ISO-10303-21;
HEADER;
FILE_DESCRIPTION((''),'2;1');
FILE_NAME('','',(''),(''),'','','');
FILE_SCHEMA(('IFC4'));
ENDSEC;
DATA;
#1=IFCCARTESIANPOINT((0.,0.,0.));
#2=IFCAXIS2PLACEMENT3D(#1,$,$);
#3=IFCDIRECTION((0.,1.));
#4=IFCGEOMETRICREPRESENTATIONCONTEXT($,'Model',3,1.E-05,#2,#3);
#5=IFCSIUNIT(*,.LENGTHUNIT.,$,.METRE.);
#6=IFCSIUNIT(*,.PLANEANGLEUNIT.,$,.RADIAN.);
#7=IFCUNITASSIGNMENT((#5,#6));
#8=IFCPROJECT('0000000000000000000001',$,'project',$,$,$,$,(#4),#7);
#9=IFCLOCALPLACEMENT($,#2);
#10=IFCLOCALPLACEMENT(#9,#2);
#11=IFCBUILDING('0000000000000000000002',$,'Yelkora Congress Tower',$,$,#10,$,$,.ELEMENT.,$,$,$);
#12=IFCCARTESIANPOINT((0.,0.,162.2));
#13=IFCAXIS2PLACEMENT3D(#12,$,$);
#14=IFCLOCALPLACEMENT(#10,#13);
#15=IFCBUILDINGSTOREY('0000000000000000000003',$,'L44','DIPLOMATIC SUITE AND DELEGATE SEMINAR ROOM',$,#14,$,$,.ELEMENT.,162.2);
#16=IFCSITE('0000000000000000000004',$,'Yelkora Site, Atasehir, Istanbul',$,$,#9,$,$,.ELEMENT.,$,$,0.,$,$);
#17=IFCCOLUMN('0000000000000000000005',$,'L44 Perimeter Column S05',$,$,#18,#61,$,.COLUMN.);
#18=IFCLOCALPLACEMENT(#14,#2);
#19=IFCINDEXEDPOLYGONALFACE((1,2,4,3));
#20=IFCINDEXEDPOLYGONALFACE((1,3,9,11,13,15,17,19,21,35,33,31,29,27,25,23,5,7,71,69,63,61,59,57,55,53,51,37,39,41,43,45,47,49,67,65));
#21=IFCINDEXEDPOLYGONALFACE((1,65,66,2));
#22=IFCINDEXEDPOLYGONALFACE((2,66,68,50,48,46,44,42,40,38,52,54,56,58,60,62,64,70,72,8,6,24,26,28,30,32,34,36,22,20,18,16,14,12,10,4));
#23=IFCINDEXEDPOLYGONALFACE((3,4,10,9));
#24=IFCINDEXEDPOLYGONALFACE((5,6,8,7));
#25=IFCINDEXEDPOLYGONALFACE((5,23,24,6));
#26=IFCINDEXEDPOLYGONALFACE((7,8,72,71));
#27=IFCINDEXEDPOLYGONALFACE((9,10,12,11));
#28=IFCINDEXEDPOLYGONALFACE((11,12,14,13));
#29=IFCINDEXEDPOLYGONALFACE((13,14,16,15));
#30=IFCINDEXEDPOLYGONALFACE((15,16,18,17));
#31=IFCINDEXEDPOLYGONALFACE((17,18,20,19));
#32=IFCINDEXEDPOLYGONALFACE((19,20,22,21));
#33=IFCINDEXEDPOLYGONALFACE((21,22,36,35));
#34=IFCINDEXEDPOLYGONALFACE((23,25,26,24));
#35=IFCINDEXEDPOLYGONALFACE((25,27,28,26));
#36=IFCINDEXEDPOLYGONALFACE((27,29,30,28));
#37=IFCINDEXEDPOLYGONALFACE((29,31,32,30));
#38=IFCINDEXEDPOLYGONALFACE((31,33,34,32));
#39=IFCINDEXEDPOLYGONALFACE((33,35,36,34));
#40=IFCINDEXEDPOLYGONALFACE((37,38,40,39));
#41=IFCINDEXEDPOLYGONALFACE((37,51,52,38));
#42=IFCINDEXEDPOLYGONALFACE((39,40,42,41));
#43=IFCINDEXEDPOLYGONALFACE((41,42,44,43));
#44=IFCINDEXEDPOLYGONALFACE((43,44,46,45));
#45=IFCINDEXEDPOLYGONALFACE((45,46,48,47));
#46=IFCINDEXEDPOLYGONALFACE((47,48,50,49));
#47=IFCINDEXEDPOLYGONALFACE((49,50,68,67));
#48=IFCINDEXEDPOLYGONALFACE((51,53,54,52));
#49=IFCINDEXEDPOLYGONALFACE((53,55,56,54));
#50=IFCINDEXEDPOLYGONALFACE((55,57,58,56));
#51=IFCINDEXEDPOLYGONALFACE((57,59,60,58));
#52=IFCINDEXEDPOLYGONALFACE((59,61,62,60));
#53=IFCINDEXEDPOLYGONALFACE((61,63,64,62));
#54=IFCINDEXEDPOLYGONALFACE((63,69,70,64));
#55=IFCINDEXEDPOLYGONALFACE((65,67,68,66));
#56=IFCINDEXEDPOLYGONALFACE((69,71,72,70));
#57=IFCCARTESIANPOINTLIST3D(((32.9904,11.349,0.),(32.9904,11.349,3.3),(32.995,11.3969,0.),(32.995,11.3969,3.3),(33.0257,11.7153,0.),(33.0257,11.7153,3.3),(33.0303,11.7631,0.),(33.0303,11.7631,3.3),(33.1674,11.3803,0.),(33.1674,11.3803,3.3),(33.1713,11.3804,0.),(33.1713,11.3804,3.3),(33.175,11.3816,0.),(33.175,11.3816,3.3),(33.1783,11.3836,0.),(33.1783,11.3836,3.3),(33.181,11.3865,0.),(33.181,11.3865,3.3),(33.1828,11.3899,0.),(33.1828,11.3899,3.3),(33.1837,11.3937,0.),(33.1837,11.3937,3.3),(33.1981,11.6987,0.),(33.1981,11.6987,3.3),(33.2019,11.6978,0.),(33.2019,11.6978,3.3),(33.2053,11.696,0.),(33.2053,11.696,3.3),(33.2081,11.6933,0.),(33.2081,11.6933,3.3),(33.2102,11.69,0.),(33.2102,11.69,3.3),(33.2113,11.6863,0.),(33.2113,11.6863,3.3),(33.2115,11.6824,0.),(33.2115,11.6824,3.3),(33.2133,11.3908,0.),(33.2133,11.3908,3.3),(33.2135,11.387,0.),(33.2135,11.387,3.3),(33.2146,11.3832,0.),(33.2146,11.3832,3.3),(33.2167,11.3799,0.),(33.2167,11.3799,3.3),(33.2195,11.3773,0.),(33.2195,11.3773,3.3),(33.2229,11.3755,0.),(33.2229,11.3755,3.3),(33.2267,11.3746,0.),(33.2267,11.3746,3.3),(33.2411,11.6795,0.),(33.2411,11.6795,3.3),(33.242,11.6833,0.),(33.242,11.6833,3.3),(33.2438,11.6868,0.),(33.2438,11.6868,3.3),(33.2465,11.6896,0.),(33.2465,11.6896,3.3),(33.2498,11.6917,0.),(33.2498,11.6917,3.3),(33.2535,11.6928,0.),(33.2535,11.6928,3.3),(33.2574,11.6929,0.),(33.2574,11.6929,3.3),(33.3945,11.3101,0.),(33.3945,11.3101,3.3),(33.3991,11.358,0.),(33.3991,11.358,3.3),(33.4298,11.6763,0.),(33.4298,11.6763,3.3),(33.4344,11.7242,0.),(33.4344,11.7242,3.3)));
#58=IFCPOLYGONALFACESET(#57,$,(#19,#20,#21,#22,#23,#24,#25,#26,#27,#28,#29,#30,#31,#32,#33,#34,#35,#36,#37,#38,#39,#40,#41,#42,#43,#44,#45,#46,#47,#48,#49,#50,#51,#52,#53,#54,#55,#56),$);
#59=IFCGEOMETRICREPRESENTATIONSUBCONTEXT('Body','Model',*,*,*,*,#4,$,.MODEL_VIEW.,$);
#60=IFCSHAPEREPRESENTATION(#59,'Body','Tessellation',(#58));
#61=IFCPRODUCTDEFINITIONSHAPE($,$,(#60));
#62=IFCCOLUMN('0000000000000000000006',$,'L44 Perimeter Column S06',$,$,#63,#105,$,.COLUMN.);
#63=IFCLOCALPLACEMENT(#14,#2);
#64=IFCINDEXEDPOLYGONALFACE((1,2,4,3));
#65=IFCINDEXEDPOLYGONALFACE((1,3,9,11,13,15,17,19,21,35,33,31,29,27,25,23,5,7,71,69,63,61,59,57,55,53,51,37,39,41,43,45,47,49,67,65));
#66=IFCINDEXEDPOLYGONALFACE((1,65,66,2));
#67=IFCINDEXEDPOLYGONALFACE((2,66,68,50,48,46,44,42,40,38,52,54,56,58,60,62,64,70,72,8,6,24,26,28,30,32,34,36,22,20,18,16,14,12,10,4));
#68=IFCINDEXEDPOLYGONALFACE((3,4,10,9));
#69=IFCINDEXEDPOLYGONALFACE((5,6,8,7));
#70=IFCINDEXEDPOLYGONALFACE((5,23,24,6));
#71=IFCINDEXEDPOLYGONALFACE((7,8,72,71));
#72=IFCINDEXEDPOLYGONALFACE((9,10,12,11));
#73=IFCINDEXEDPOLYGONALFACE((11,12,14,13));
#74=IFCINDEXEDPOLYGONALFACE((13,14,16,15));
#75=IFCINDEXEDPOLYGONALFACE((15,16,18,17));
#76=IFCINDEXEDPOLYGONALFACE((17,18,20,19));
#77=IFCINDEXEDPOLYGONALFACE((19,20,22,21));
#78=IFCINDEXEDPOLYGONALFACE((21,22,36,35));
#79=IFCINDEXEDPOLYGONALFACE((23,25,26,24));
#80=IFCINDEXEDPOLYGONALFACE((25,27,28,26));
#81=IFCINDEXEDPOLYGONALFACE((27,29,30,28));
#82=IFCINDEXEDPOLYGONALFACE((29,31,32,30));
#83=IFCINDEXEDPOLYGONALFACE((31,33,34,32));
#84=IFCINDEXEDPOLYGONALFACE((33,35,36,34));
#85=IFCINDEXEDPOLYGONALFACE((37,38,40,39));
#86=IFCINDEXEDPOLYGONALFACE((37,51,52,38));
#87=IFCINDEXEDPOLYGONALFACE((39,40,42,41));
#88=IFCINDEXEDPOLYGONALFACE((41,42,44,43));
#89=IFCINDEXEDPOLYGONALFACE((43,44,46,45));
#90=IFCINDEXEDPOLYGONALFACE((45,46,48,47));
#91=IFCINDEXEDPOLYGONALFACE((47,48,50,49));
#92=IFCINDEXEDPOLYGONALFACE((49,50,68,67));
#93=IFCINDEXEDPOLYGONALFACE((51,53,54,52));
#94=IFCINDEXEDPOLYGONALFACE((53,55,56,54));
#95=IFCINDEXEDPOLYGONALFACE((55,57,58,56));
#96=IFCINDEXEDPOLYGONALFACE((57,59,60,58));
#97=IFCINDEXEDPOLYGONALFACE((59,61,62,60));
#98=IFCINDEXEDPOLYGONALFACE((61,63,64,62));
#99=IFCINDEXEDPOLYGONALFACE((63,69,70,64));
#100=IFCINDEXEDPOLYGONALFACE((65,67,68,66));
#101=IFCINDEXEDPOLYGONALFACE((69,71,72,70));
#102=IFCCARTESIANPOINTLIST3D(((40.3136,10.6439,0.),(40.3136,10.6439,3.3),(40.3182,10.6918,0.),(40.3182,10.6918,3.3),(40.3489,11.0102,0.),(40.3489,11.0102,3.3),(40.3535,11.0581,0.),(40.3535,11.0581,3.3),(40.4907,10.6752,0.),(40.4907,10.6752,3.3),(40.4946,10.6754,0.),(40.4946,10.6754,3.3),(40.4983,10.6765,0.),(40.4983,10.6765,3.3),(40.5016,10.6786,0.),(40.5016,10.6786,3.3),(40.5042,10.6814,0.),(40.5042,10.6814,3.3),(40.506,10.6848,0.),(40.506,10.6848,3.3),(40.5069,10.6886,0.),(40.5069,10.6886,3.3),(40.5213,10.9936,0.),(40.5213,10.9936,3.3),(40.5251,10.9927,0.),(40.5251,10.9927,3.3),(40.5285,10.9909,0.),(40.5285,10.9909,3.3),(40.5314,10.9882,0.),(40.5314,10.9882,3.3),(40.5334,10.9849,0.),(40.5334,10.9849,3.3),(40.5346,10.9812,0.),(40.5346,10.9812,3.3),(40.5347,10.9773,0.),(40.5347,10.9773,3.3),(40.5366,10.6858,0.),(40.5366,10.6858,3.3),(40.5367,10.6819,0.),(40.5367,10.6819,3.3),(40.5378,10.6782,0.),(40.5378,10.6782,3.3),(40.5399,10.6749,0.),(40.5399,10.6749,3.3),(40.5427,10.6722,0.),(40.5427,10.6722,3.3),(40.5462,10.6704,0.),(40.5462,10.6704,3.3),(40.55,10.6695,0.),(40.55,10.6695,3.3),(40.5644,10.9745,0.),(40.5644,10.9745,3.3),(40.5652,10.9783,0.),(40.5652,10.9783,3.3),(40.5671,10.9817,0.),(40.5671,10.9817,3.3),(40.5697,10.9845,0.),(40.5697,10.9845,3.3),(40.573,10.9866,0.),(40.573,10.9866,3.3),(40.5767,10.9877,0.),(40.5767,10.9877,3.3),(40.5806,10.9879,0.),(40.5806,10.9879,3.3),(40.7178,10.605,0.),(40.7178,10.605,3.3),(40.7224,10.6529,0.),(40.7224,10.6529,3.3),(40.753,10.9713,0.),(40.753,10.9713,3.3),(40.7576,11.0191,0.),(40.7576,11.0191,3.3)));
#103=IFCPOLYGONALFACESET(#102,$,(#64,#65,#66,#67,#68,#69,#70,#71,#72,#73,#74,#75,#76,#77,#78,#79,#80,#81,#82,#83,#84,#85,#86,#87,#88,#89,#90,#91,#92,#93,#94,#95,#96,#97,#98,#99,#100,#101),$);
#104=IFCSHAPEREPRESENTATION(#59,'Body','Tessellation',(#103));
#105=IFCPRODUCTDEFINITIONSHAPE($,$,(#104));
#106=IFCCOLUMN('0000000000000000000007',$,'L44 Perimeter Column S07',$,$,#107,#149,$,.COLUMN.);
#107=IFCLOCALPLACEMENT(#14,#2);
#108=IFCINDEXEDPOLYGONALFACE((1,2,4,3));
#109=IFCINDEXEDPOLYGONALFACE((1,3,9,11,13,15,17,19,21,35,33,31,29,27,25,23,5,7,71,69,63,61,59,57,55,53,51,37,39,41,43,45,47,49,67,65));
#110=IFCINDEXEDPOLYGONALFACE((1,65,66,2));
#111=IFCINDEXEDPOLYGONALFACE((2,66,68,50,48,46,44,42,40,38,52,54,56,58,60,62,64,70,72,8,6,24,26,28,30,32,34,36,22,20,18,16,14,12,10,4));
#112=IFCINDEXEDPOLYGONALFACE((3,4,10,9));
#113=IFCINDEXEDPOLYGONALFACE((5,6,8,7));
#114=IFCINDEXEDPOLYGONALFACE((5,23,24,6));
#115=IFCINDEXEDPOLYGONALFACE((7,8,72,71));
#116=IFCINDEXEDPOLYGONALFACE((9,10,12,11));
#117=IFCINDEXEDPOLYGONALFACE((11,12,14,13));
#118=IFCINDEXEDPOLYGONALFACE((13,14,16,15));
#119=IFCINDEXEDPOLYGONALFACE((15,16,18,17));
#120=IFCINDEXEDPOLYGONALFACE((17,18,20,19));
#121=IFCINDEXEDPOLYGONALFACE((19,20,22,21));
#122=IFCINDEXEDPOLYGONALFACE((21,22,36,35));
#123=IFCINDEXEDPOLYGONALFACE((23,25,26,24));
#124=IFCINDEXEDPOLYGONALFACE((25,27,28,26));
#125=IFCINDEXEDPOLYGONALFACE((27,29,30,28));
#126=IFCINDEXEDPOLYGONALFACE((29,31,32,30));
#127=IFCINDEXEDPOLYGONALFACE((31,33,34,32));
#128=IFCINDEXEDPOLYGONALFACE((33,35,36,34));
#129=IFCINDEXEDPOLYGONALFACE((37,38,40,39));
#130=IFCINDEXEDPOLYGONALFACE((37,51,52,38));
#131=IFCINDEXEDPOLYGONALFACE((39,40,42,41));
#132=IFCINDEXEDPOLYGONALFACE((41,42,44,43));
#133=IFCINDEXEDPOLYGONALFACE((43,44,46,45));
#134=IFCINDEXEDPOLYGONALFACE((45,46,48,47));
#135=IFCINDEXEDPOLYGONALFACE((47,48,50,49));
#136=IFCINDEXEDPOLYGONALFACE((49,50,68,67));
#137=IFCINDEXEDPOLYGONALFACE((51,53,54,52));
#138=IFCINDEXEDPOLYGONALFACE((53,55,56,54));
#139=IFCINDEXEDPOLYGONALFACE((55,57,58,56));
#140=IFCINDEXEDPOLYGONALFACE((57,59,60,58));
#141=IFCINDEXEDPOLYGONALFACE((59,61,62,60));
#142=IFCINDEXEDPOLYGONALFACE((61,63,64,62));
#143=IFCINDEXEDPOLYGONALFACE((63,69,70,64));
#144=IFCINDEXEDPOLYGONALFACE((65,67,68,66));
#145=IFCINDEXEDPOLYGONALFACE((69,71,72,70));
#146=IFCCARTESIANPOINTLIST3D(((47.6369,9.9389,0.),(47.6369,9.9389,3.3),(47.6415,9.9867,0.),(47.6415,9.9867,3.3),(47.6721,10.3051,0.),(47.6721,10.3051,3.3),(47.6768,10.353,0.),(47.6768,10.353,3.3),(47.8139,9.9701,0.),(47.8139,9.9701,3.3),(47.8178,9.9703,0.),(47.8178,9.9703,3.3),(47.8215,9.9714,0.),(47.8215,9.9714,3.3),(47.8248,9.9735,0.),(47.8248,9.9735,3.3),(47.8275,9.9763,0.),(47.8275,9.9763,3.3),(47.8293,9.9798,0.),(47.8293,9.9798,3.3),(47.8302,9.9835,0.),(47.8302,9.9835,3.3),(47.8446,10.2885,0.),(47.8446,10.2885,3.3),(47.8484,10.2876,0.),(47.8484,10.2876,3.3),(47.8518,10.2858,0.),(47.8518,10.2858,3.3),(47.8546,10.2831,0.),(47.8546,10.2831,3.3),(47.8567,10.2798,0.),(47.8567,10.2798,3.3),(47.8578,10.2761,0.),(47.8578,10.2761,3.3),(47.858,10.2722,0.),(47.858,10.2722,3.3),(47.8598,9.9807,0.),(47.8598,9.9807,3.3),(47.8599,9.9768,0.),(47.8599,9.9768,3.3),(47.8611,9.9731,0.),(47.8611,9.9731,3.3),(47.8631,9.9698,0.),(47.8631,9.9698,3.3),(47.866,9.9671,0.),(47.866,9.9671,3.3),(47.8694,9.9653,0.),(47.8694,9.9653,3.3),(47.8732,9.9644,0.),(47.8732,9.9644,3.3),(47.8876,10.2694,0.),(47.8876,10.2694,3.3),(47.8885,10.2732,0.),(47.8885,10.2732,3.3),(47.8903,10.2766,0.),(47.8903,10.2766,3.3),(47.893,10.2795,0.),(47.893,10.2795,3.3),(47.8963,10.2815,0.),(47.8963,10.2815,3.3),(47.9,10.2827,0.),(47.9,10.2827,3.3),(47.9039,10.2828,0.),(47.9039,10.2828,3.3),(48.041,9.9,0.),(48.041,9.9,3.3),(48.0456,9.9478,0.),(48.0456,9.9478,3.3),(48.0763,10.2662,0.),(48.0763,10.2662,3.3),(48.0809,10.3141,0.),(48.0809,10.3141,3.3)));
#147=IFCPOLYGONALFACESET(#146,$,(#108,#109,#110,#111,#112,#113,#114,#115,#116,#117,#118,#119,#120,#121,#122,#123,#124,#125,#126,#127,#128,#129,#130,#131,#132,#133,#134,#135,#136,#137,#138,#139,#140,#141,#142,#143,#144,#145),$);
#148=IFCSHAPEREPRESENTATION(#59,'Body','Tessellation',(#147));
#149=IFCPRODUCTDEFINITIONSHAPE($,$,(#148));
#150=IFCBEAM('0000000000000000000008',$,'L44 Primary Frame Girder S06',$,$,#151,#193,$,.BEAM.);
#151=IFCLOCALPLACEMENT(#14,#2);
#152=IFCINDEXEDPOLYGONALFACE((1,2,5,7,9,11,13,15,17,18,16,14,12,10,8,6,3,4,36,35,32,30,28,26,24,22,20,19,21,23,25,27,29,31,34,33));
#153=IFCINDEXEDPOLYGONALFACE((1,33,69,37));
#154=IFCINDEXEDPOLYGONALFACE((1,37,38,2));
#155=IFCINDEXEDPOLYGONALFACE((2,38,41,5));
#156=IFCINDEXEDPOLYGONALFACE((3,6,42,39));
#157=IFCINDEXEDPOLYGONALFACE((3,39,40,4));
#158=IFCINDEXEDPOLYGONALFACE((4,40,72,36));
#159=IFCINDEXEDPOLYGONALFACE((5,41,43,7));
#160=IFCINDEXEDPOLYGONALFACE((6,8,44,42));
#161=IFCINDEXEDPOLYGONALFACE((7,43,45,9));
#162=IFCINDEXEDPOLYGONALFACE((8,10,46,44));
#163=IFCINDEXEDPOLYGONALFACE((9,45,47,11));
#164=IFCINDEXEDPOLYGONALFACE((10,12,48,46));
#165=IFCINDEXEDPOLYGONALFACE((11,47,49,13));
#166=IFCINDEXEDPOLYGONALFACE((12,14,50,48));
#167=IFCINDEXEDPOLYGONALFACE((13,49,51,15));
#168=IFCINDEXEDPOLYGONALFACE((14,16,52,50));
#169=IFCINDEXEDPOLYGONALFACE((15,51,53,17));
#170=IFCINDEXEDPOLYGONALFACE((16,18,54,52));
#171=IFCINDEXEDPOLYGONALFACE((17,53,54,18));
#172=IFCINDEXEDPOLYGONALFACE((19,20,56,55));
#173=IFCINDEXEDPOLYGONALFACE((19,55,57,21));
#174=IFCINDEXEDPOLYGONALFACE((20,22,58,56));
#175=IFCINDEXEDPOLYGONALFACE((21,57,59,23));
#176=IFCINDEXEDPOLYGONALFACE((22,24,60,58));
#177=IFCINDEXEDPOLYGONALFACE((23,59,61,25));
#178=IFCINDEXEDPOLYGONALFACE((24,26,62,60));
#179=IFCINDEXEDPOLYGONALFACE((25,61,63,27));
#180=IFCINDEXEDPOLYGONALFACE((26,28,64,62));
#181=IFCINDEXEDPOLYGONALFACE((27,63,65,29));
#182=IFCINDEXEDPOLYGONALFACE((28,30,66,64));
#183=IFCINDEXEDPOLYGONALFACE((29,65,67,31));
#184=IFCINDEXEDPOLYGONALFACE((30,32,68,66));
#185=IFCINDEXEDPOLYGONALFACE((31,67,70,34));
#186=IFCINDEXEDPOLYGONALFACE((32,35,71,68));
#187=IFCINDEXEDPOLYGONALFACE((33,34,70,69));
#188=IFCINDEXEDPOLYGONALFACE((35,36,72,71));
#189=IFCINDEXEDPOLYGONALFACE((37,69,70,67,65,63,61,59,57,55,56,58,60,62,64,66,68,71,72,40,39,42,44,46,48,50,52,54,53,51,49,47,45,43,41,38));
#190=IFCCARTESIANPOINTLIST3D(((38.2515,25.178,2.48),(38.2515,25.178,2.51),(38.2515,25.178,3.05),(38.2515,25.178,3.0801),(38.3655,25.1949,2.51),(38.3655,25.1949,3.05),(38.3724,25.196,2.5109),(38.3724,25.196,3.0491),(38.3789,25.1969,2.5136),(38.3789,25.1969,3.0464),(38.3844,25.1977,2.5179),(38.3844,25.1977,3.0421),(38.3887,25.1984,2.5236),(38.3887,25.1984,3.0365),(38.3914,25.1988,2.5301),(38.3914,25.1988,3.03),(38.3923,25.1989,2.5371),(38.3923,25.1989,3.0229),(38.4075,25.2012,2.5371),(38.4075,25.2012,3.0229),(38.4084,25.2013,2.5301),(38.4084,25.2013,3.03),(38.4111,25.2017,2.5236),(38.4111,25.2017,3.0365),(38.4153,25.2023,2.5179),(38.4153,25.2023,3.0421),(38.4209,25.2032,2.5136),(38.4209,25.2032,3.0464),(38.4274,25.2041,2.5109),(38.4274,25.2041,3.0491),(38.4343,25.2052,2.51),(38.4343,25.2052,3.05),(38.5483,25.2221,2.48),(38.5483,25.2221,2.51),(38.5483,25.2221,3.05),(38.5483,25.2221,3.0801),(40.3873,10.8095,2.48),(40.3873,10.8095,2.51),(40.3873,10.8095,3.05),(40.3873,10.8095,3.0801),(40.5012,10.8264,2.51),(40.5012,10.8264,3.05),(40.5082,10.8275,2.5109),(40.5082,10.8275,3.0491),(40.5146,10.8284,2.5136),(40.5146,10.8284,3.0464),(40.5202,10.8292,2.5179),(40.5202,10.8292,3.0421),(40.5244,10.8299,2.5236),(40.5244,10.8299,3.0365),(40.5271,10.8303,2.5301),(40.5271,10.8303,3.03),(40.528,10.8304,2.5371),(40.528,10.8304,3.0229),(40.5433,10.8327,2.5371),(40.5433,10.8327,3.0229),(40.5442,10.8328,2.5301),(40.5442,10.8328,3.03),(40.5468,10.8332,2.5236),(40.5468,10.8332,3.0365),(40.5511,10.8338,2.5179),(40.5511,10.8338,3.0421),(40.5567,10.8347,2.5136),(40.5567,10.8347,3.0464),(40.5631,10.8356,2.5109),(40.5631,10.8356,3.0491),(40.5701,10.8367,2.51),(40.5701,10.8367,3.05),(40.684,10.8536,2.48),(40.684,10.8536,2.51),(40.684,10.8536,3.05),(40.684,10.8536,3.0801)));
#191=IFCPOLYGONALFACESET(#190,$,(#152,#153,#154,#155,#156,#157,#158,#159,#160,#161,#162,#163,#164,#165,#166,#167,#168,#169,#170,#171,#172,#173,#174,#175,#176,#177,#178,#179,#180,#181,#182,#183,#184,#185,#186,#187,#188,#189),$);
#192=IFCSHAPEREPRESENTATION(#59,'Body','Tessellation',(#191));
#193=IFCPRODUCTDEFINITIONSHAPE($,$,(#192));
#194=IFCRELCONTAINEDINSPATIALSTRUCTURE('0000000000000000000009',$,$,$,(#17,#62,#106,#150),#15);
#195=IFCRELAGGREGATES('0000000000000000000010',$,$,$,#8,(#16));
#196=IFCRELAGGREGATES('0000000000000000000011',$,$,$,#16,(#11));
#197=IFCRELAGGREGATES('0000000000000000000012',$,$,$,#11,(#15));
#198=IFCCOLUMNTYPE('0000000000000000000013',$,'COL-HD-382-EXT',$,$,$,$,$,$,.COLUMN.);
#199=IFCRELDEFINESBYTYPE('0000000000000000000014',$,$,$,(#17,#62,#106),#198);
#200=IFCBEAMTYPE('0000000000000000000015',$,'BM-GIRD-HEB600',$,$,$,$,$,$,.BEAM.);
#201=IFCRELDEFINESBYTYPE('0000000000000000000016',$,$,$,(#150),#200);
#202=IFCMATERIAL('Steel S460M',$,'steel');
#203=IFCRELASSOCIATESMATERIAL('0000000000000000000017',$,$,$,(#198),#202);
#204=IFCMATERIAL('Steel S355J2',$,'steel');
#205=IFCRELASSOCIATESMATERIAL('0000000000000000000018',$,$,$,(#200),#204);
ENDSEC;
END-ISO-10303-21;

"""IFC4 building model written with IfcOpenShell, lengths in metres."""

from ifc_helpers import new_model, si_unit, direction, frame, origin, origin_2d, place, context, subcontext, project, spatial, i_section, extrude, material, material_profile, profile_set, type_object, element, save


model = new_model("IFC4")

# Units and contexts
model_context = context("Model", 3, precision=1e-05, world=origin(), true_north=direction((0.0, 1.0)))
body_context = subcontext(model_context, "Body", "Model", "MODEL_VIEW")
ifc_project = project(units=[si_unit("LENGTHUNIT", "METRE"), si_unit("PLANEANGLEUNIT", "RADIAN")], contexts=[model_context])

# Site, building, storey
site_placement = place(None, origin())
site = spatial("IfcSite", under=ifc_project, at=site_placement, Name="Yelkora Site, Atasehir, Istanbul", CompositionType="ELEMENT", RefElevation=0.0)
building_placement = place(site_placement, origin())
building = spatial("IfcBuilding", under=site, at=building_placement, Name="Yelkora Congress Tower", CompositionType="ELEMENT")
storey_placement = place(building_placement, frame((0.0, 0.0, 162.2)))
storey = spatial("IfcBuildingStorey", under=building, at=storey_placement, Name="L44", Description="DIPLOMATIC SUITE AND DELEGATE SEMINAR ROOM", CompositionType="ELEMENT", Elevation=162.2)

# Columns
ifc_material_1 = material(Name="Steel S460M", Category="steel")
ifc_material_profile_1 = material_profile(ifc_material_1, i_section(OverallWidth=0.406, OverallDepth=0.416, WebThickness=0.0298, FlangeThickness=0.0481, FilletRadius=0.0149, at=origin_2d()), Name="HD 400x382")
ifc_profile_set_1 = profile_set([ifc_material_profile_1], Name="Steel S460M")
column_type = type_object("IfcColumnType", Name="COL-HD-382-EXT", PredefinedType="COLUMN", material=ifc_profile_set_1)
for number, where, z_axis, x_axis, name in (
    (1, (33.2124, 11.5366, 0.0), (0.0, 0.0, 1.0), (0.995396, -0.095846, 0.0), "L44 Perimeter Column S05"),
    (2, (40.5356, 10.8315, 0.0), (0.0, 0.0, 1.0), (0.995396, -0.095846, 0.0), "L44 Perimeter Column S06"),
    (3, (47.8589, 10.1265, 0.0), (0.0, 0.0, 1.0), (0.995396, -0.095846, 0.0), "L44 Perimeter Column S07"),
):
    element("IfcColumn", number, at=place(storey_placement, frame(where, z_axis=z_axis, x_axis=x_axis)), inside=storey, type_object=column_type, Name=name, PredefinedType="COLUMN", context=body_context, shape_type="SweptSolid", body=[
        extrude(i_section(OverallWidth=0.406, OverallDepth=0.416, WebThickness=0.0298, FlangeThickness=0.0481, FilletRadius=0.0149, at=origin_2d()), origin(), (0.0, 0.0, 1.0), 3.3),
    ])

# Beam
ifc_material_2 = material(Name="Steel S355J2", Category="steel")
ifc_material_profile_2 = material_profile(ifc_material_2, i_section(OverallWidth=0.3, OverallDepth=0.6001, WebThickness=0.0154, FlangeThickness=0.03, FilletRadius=0.0271, at=origin_2d()), Name="HEB 600")
ifc_profile_set_2 = profile_set([ifc_material_profile_2], Name="Steel S355J2")
beam_type_1 = type_object("IfcBeamType", Name="BM-GIRD-HEB600", PredefinedType="BEAM", material=ifc_profile_set_2)
beam_1_placement = place(storey_placement, frame((40.5356, 10.8315, 2.78), z_axis=(-0.147026, 0.989133, 0.0), x_axis=(-0.989133, -0.147026, 0.0)))
element("IfcBeam", 4, at=beam_1_placement, inside=storey, type_object=beam_type_1, Name="L44 Primary Frame Girder S06", PredefinedType="BEAM", context=body_context, shape_type="SweptSolid", body=[
    extrude(i_section(OverallWidth=0.3, OverallDepth=0.6001, WebThickness=0.0154, FlangeThickness=0.03, FilletRadius=0.0271, at=origin_2d()), origin(), (0.0, 0.0, 1.0), 14.5264),
])

save(model, "model.ifc")
